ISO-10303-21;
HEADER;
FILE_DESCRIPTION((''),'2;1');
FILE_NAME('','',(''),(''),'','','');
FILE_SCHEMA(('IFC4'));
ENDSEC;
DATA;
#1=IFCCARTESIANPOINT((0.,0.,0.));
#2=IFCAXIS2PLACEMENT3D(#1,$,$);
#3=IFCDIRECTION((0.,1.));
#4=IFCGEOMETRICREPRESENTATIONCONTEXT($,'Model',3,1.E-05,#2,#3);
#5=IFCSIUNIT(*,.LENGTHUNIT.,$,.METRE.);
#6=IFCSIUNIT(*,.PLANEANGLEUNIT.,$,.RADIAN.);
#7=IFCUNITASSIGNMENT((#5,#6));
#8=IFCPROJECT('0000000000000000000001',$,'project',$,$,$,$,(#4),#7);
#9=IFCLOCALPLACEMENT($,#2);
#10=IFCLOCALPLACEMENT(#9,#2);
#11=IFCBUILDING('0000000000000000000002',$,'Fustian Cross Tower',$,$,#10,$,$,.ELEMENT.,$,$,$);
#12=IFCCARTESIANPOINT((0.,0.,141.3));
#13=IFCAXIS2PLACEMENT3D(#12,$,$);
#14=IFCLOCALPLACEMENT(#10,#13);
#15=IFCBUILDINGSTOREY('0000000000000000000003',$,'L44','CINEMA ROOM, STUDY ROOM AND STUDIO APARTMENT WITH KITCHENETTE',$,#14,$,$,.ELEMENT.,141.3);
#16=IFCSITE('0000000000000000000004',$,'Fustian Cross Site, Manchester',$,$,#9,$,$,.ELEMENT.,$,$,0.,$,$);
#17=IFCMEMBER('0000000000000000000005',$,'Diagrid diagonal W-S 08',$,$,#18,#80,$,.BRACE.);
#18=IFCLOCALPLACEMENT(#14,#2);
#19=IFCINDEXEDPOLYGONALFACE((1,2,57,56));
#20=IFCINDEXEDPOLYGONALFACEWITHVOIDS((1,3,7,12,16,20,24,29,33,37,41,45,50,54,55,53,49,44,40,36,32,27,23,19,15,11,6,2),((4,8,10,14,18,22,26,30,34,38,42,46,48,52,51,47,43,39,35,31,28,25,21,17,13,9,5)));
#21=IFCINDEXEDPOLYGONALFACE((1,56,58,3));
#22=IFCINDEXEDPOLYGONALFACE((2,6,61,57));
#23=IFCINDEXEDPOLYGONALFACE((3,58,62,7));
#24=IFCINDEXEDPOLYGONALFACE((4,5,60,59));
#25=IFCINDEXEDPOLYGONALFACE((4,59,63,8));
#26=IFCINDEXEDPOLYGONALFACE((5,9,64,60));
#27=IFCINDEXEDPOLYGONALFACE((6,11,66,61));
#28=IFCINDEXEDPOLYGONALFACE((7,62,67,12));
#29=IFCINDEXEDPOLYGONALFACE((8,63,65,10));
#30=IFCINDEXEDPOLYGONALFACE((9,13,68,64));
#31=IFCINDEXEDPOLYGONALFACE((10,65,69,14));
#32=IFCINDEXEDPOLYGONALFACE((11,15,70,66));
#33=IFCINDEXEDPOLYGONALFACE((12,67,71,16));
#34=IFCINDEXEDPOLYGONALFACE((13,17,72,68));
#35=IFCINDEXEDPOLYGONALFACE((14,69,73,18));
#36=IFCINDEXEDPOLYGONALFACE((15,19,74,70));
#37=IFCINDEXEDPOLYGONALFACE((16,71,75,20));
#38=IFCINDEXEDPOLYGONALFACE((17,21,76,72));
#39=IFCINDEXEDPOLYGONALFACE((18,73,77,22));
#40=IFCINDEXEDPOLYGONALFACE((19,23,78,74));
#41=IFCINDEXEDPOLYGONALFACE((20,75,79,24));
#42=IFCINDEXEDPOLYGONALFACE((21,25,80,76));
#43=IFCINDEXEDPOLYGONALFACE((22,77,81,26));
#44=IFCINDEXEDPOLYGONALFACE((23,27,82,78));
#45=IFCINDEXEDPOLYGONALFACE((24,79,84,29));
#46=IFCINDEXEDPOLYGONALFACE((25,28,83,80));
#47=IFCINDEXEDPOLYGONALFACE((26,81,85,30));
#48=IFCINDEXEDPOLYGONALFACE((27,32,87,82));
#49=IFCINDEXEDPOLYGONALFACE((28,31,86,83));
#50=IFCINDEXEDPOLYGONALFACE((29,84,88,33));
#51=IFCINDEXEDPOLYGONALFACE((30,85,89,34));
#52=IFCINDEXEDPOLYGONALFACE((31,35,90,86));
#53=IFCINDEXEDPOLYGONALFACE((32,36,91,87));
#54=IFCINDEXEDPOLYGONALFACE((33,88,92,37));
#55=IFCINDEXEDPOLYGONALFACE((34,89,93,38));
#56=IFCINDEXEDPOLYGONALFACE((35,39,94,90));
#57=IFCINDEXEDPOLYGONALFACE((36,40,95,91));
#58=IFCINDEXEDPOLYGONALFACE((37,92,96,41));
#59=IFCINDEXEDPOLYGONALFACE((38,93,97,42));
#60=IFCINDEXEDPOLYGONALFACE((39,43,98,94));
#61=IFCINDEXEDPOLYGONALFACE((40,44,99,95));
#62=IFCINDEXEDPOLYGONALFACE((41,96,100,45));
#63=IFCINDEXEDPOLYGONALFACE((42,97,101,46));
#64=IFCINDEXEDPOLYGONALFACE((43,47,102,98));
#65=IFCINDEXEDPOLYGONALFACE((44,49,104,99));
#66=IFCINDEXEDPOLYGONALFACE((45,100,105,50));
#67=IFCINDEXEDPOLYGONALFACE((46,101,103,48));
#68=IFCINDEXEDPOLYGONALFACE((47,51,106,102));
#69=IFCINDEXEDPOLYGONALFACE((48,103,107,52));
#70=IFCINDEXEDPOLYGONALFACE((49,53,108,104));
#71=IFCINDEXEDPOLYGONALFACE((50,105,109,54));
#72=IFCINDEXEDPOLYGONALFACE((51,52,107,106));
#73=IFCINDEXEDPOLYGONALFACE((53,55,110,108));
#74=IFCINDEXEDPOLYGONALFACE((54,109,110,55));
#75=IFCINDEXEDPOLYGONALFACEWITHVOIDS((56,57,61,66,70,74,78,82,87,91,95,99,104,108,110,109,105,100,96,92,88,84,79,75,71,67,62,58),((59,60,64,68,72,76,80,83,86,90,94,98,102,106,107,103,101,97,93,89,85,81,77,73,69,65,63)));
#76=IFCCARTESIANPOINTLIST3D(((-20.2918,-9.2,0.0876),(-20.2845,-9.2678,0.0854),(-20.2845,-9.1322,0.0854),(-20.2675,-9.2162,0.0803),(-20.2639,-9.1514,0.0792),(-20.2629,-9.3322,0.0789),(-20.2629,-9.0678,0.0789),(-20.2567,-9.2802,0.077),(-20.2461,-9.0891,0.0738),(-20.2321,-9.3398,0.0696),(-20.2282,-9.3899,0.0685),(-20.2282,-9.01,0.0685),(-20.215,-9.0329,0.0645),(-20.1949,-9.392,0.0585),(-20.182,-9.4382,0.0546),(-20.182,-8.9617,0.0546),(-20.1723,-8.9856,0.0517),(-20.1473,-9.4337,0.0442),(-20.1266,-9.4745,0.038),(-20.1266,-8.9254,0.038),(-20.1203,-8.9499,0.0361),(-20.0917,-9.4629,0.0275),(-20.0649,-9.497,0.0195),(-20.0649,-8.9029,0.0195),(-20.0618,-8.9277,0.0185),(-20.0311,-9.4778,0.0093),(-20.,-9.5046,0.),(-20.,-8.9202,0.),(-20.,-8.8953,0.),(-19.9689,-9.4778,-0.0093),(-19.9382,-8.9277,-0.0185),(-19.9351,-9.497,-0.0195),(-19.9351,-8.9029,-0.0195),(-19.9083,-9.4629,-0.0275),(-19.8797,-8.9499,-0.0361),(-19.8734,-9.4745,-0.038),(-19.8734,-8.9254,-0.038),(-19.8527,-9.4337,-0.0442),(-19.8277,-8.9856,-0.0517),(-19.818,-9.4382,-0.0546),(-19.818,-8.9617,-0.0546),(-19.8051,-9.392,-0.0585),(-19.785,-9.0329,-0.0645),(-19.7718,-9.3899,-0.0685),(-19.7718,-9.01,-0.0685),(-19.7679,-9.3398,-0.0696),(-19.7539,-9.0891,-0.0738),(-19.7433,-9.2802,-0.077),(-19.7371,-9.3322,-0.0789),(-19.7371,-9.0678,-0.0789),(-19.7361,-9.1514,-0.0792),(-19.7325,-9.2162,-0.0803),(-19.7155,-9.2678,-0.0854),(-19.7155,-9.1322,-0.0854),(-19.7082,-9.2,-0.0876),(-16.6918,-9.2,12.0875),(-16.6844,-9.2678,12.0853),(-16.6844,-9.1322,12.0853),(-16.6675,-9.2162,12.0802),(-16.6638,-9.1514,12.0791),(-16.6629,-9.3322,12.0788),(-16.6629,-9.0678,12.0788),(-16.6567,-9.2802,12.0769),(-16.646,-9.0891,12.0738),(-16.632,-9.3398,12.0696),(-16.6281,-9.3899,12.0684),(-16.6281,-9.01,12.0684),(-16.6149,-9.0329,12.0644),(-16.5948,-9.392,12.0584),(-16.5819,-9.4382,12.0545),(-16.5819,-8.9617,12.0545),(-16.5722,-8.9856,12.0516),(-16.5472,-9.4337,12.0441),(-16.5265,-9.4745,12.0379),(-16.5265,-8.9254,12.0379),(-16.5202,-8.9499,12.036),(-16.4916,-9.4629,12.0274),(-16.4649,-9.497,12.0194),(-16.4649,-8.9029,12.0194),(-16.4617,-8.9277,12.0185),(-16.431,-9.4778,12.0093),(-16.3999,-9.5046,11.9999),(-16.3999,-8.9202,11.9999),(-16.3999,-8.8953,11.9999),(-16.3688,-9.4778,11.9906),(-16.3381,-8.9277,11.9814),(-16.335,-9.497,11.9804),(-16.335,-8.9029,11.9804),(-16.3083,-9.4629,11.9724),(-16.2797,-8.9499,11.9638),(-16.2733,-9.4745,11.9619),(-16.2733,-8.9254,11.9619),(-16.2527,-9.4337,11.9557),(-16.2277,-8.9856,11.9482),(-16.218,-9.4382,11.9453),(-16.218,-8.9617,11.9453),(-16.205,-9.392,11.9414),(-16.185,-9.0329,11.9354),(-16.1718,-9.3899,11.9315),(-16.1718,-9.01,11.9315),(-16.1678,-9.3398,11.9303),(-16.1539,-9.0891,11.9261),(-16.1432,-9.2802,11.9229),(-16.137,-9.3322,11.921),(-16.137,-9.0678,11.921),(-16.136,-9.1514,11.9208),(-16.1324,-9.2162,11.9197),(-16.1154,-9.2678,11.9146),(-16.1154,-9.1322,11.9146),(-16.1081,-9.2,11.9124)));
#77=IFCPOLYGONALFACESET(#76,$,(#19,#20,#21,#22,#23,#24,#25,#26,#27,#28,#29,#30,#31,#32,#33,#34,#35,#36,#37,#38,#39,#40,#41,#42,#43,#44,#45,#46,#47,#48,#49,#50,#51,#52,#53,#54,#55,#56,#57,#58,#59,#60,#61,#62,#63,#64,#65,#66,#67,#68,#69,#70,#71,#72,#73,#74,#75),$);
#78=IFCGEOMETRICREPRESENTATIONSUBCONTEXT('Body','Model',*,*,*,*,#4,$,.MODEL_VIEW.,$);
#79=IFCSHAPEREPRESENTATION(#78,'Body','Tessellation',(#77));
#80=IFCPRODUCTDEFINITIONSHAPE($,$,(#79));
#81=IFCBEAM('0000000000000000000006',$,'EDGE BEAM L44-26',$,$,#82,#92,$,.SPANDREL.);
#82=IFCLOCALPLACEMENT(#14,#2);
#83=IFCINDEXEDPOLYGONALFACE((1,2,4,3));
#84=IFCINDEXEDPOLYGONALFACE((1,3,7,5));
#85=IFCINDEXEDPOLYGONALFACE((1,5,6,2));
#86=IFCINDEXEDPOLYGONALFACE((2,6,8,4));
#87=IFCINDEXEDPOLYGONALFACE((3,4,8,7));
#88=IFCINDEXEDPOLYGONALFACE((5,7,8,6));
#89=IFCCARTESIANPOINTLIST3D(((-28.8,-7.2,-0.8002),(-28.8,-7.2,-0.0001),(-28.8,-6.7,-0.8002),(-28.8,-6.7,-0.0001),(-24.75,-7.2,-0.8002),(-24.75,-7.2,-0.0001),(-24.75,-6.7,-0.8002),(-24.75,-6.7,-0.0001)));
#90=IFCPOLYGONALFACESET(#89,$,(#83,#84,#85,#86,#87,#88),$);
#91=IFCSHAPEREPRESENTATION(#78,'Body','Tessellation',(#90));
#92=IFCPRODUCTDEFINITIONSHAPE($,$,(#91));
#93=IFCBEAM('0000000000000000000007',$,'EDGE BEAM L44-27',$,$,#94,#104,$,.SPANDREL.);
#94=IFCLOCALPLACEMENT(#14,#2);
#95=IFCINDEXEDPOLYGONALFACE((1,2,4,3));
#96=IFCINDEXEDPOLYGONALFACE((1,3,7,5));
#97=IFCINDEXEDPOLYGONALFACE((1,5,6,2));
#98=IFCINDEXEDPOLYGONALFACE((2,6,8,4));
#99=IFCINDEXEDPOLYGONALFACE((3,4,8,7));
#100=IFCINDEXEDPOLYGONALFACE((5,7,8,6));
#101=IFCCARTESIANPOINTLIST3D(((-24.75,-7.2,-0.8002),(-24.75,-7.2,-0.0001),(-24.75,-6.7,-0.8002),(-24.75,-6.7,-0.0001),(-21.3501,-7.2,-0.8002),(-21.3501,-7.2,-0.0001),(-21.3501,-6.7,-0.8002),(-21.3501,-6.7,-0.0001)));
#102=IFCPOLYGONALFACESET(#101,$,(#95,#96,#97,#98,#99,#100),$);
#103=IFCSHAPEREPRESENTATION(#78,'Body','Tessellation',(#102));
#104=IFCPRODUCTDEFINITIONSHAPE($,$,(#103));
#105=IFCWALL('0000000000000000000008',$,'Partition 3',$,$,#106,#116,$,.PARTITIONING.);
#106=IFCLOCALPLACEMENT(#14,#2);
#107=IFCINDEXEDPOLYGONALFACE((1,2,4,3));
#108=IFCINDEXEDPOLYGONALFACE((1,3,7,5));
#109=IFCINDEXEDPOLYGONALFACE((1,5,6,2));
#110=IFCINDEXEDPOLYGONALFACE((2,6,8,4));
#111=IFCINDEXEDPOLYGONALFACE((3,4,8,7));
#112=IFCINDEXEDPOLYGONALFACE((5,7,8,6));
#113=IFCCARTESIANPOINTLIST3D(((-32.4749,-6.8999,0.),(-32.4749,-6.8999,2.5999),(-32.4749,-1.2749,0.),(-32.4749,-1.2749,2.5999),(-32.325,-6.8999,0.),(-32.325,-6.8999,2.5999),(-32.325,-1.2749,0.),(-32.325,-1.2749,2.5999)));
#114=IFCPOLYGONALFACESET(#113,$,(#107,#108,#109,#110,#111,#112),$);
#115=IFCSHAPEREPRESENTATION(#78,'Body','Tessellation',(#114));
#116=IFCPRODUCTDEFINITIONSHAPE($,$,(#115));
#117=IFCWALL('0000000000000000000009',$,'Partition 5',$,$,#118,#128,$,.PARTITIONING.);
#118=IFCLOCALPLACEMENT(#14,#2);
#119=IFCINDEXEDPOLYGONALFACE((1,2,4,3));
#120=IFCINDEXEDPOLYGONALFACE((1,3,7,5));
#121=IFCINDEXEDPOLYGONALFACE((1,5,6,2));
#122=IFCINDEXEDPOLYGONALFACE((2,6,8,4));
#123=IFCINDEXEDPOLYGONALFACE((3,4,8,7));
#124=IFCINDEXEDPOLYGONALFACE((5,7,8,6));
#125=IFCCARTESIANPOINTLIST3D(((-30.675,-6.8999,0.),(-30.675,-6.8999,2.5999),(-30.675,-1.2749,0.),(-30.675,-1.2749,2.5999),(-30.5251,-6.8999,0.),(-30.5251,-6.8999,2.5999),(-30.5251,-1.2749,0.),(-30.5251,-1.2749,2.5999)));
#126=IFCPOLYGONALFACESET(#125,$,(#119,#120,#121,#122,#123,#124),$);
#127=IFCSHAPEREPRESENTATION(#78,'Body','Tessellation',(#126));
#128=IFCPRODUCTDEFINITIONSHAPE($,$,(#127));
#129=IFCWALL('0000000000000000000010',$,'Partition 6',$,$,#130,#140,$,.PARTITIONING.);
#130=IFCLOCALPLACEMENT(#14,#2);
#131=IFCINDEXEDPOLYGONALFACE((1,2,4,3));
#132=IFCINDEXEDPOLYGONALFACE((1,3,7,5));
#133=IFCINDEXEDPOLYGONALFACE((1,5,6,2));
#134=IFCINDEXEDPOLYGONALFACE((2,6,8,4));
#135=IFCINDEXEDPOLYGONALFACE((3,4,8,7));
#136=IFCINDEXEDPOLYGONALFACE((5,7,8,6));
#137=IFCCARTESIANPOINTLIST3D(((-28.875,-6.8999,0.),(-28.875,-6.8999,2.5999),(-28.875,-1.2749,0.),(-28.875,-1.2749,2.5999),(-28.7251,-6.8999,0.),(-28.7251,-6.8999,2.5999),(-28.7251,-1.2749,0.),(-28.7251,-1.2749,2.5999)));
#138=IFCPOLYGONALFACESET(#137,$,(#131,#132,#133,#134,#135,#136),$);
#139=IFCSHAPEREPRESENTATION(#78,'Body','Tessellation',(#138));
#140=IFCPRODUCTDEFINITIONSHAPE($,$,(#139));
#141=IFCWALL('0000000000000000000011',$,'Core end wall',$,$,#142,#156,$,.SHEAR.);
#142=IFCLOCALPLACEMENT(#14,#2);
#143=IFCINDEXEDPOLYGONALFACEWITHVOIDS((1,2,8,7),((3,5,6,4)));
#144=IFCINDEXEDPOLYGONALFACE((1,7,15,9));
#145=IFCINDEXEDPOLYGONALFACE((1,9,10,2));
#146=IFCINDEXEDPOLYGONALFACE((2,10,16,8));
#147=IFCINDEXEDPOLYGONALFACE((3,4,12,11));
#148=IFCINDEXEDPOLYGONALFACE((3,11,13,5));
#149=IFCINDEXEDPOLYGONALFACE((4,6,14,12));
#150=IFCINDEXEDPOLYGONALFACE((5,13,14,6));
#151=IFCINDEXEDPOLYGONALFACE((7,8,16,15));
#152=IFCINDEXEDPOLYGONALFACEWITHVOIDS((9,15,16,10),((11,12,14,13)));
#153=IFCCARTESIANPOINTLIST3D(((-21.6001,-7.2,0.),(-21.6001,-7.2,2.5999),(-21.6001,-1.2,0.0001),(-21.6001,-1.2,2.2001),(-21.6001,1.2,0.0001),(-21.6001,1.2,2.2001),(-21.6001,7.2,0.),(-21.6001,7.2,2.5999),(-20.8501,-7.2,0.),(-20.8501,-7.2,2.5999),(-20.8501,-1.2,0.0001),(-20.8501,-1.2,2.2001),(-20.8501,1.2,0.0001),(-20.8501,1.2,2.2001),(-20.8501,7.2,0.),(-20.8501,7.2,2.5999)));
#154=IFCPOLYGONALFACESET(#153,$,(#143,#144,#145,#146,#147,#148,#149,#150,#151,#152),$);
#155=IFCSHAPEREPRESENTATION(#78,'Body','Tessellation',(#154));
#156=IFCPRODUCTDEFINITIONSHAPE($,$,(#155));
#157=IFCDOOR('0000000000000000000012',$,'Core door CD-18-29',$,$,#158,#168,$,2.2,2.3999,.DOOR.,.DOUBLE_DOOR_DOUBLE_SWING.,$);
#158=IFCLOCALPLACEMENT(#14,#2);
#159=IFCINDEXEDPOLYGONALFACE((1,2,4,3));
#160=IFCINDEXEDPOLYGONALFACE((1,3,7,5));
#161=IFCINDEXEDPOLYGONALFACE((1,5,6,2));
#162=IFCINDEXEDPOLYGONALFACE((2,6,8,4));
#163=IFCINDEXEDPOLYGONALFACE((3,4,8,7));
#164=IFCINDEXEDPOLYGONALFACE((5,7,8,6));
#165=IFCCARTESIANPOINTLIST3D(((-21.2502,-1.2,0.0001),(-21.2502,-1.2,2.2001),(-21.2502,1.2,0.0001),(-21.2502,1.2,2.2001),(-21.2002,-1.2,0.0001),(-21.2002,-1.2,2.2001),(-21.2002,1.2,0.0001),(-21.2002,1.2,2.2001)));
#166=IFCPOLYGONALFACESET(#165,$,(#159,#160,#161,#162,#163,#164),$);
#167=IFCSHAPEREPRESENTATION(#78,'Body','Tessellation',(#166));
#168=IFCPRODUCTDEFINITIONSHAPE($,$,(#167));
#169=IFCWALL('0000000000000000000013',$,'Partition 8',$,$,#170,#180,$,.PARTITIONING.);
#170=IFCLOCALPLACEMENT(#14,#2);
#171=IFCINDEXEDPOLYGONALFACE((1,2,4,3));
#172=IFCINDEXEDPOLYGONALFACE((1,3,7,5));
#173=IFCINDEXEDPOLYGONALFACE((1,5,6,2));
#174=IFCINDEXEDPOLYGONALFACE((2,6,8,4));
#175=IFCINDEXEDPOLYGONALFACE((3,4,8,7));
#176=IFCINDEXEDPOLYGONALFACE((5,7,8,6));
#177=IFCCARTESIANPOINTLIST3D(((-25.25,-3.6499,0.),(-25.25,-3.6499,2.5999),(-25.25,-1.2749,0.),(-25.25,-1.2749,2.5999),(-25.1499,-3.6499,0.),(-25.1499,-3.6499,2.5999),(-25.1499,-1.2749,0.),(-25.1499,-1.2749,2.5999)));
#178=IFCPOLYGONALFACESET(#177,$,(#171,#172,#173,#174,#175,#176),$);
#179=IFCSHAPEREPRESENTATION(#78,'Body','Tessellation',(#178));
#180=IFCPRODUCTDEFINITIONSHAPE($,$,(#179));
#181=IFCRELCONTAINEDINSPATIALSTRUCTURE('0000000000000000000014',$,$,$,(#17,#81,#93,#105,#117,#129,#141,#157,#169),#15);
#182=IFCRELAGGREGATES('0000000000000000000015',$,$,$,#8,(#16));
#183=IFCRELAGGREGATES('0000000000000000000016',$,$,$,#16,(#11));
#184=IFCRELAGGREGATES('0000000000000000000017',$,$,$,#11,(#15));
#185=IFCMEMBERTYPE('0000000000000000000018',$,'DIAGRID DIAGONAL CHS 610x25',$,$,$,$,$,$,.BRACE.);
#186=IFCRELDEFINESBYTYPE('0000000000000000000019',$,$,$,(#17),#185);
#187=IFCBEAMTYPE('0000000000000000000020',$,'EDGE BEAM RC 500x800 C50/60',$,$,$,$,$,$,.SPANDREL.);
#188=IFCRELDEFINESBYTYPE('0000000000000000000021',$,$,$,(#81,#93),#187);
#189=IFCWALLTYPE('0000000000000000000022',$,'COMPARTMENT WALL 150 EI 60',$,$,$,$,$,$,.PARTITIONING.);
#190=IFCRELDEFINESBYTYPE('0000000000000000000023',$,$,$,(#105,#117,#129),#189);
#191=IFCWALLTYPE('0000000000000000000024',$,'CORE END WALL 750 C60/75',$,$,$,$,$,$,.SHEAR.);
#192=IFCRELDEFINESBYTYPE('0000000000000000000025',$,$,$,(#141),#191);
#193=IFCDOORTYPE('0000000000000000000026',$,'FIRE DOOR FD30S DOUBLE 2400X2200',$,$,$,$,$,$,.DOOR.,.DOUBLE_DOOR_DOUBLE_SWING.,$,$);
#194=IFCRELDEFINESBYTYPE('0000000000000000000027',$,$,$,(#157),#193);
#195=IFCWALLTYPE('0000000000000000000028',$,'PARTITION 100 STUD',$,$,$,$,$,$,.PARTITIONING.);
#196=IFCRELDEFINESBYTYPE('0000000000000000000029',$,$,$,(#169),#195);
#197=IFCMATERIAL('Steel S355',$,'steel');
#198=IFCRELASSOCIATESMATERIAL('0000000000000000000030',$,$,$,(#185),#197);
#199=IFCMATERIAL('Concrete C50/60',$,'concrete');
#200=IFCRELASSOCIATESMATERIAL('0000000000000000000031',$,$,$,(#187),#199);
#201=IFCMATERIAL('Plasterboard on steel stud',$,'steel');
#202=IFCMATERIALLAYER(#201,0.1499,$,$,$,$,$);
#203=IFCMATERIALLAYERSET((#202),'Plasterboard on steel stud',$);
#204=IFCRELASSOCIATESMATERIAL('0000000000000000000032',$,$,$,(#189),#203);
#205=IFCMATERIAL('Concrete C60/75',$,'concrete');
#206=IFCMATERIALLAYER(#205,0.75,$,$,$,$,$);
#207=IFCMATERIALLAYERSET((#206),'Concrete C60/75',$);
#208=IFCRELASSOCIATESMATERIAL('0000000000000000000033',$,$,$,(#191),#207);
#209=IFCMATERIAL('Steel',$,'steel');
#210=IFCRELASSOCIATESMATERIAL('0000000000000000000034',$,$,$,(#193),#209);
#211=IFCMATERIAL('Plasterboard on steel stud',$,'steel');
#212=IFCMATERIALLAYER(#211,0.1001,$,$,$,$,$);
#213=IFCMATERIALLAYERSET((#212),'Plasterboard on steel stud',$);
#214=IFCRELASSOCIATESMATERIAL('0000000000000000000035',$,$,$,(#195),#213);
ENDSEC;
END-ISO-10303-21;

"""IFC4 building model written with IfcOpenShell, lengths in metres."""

from ifc_helpers import new_model, si_unit, direction, frame, frame_2d, origin, origin_2d, place, context, subcontext, project, spatial, rectangle, hollow_circle, extrude, material, layer, layer_set, material_profile, profile_set, type_object, element, fill, save


model = new_model("IFC4")

# Units and contexts
model_context = context("Model", 3, precision=1e-05, world=origin(), true_north=direction((0.0, 1.0)))
body_context = subcontext(model_context, "Body", "Model", "MODEL_VIEW")
ifc_project = project(units=[si_unit("LENGTHUNIT", "METRE"), si_unit("PLANEANGLEUNIT", "RADIAN")], contexts=[model_context])

# Site, building, storey
site_placement = place(None, origin())
site = spatial("IfcSite", under=ifc_project, at=site_placement, Name="Fustian Cross Site, Manchester", CompositionType="ELEMENT", RefElevation=0.0)
building_placement = place(site_placement, origin())
building = spatial("IfcBuilding", under=site, at=building_placement, Name="Fustian Cross Tower", CompositionType="ELEMENT")
storey_placement = place(building_placement, frame((0.0, 0.0, 141.3)))
storey = spatial("IfcBuildingStorey", under=building, at=storey_placement, Name="L44", Description="CINEMA ROOM, STUDY ROOM AND STUDIO APARTMENT WITH KITCHENETTE", CompositionType="ELEMENT", Elevation=141.3)

# Member
ifc_material_1 = material(Name="Steel S355", Category="steel")
ifc_material_profile_1 = material_profile(ifc_material_1, hollow_circle(Radius=0.3047, WallThickness=0.0249, at=origin_2d()), Name="CHS 610x25")
ifc_profile_set_1 = profile_set([ifc_material_profile_1], Name="Steel S355")
member_type = type_object("IfcMemberType", Name="DIAGRID DIAGONAL CHS 610x25", PredefinedType="BRACE", material=ifc_profile_set_1)
for number, where, z_axis, x_axis, name in (
    (1, (-20.0, -9.2, 0.0), (0.287355, 0.0, 0.957824), (0.0, 1.0, 0.0), "Diagrid diagonal W-S 08"),
):
    element("IfcMember", number, at=place(storey_placement, frame(where, z_axis=z_axis, x_axis=x_axis)), inside=storey, type_object=member_type, Name=name, PredefinedType="BRACE", context=body_context, shape_type="SweptSolid", body=[
        extrude(hollow_circle(Radius=0.3047, WallThickness=0.0249, at=origin_2d()), origin(), (0.0, 0.0, 1.0), 12.5283),
    ])

# Beams
ifc_material_2 = material(Name="Concrete C50/60", Category="concrete")
ifc_material_profile_2 = material_profile(ifc_material_2, rectangle(XDim=0.5, YDim=0.8, at=origin_2d()), Name="RC 500x800")
ifc_profile_set_2 = profile_set([ifc_material_profile_2], Name="Concrete C50/60")
beam_type = type_object("IfcBeamType", Name="EDGE BEAM RC 500x800 C50/60", PredefinedType="SPANDREL", material=ifc_profile_set_2)
beam_1_placement = place(storey_placement, frame((-28.8, -6.95, -0.4001), z_axis=(1.0, 0.0, 0.0), x_axis=(0.0, 1.0, 0.0)))
element("IfcBeam", 2, at=beam_1_placement, inside=storey, type_object=beam_type, Name="EDGE BEAM L44-26", PredefinedType="SPANDREL", context=body_context, shape_type="SweptSolid", body=[
    extrude(rectangle(XDim=0.5, YDim=0.8, at=origin_2d()), origin(), (0.0, 0.0, 1.0), 4.05),
])
beam_2_placement = place(storey_placement, frame((-24.75, -6.95, -0.4001), z_axis=(1.0, 0.0, 0.0), x_axis=(0.0, 1.0, 0.0)))
element("IfcBeam", 3, at=beam_2_placement, inside=storey, type_object=beam_type, Name="EDGE BEAM L44-27", PredefinedType="SPANDREL", context=body_context, shape_type="SweptSolid", body=[
    extrude(rectangle(XDim=0.5, YDim=0.8, at=origin_2d()), origin(), (0.0, 0.0, 1.0), 3.3999),
])

# Walls
ifc_material_3 = material(Name="Plasterboard on steel stud", Category="steel")
ifc_layer_1 = layer(ifc_material_3, 0.1499)
ifc_layer_set_1 = layer_set([ifc_layer_1], Name="Plasterboard on steel stud")
wall_type_1 = type_object("IfcWallType", Name="COMPARTMENT WALL 150 EI 60", PredefinedType="PARTITIONING", material=ifc_layer_set_1)
for number, where, z_axis, x_axis, name in (
    (4, (-32.3999, -6.8999, 0.0), (0.0, 0.0, 1.0), (0.0, 1.0, 0.0), "Partition 3"),
    (5, (-30.6001, -6.8999, 0.0), (0.0, 0.0, 1.0), (0.0, 1.0, 0.0), "Partition 5"),
    (6, (-28.8, -6.8999, 0.0), (0.0, 0.0, 1.0), (0.0, 1.0, 0.0), "Partition 6"),
):
    element("IfcWall", number, at=place(storey_placement, frame(where, z_axis=z_axis, x_axis=x_axis)), inside=storey, type_object=wall_type_1, Name=name, PredefinedType="PARTITIONING", context=body_context, shape_type="SweptSolid", body=[
        extrude(rectangle(XDim=5.625, YDim=0.1499, at=frame_2d((2.8125, 0.0))), origin(), (0.0, 0.0, 1.0), 2.5999),
    ])

# Wall, opening, door
ifc_material_4 = material(Name="Concrete C60/75", Category="concrete")
ifc_layer_2 = layer(ifc_material_4, 0.75)
ifc_layer_set_2 = layer_set([ifc_layer_2], Name="Concrete C60/75")
wall_type_2 = type_object("IfcWallType", Name="CORE END WALL 750 C60/75", PredefinedType="SHEAR", material=ifc_layer_set_2)
wall_1_placement = place(storey_placement, frame((-21.2251, -7.2, 0.0), z_axis=(0.0, 0.0, 1.0), x_axis=(0.0, 1.0, 0.0)))
wall_1 = element("IfcWall", 7, at=wall_1_placement, inside=storey, type_object=wall_type_2, Name="Core end wall", PredefinedType="SHEAR", context=body_context, shape_type="SweptSolid", body=[
    extrude(rectangle(XDim=14.3999, YDim=0.75, at=frame_2d((7.2, 0.0))), origin(), (0.0, 0.0, 1.0), 2.5999),
])
opening_1_placement = place(wall_1_placement, frame((6.0, 0.0, 0.0)))
opening_1 = element("IfcOpeningElement", 8, at=opening_1_placement, cuts=wall_1, PredefinedType="OPENING", context=body_context, shape_type="SweptSolid", body=[
    extrude(rectangle(XDim=2.3999, YDim=2.2, at=frame_2d((1.2, 1.1001))), frame((0.0, 0.385, 0.0), z_axis=(0.0, -1.0, 0.0), x_axis=(1.0, 0.0, 0.0)), (0.0, 0.0, 1.0), 0.77),
])
ifc_material_5 = material(Name="Steel", Category="steel")
door_type_1 = type_object("IfcDoorType", Name="FIRE DOOR FD30S DOUBLE 2400X2200", OperationType="DOUBLE_DOOR_DOUBLE_SWING", PredefinedType="DOOR", material=ifc_material_5)
door_1_placement = place(opening_1_placement, frame((2.3999, 0.0, 0.0), z_axis=(0.0, 0.0, 1.0), x_axis=(-1.0, 0.0, 0.0)))
door_1 = element("IfcDoor", 9, at=door_1_placement, inside=storey, type_object=door_type_1, Name="Core door CD-18-29", OperationType="DOUBLE_DOOR_DOUBLE_SWING", OverallHeight=2.2, OverallWidth=2.3999, PredefinedType="DOOR", context=body_context, shape_type="SweptSolid", body=[
    extrude(rectangle(XDim=2.3999, YDim=2.2, at=frame_2d((1.2, 1.1001))), frame((0.0, 0.0249, 0.0), z_axis=(0.0, -1.0, 0.0), x_axis=(1.0, 0.0, 0.0)), (0.0, 0.0, 1.0), 0.05),
])
fill(opening_1, door_1)

# Wall
ifc_material_6 = material(Name="Plasterboard on steel stud", Category="steel")
ifc_layer_3 = layer(ifc_material_6, 0.1001)
ifc_layer_set_3 = layer_set([ifc_layer_3], Name="Plasterboard on steel stud")
wall_type_3 = type_object("IfcWallType", Name="PARTITION 100 STUD", PredefinedType="PARTITIONING", material=ifc_layer_set_3)
wall_2_placement = place(storey_placement, frame((-25.2, -3.6499, 0.0), z_axis=(0.0, 0.0, 1.0), x_axis=(0.0, 1.0, 0.0)))
element("IfcWall", 10, at=wall_2_placement, inside=storey, type_object=wall_type_3, Name="Partition 8", PredefinedType="PARTITIONING", context=body_context, shape_type="SweptSolid", body=[
    extrude(rectangle(XDim=2.375, YDim=0.1001, at=frame_2d((1.1875, 0.0))), origin(), (0.0, 0.0, 1.0), 2.5999),
])

save(model, "model.ifc")
